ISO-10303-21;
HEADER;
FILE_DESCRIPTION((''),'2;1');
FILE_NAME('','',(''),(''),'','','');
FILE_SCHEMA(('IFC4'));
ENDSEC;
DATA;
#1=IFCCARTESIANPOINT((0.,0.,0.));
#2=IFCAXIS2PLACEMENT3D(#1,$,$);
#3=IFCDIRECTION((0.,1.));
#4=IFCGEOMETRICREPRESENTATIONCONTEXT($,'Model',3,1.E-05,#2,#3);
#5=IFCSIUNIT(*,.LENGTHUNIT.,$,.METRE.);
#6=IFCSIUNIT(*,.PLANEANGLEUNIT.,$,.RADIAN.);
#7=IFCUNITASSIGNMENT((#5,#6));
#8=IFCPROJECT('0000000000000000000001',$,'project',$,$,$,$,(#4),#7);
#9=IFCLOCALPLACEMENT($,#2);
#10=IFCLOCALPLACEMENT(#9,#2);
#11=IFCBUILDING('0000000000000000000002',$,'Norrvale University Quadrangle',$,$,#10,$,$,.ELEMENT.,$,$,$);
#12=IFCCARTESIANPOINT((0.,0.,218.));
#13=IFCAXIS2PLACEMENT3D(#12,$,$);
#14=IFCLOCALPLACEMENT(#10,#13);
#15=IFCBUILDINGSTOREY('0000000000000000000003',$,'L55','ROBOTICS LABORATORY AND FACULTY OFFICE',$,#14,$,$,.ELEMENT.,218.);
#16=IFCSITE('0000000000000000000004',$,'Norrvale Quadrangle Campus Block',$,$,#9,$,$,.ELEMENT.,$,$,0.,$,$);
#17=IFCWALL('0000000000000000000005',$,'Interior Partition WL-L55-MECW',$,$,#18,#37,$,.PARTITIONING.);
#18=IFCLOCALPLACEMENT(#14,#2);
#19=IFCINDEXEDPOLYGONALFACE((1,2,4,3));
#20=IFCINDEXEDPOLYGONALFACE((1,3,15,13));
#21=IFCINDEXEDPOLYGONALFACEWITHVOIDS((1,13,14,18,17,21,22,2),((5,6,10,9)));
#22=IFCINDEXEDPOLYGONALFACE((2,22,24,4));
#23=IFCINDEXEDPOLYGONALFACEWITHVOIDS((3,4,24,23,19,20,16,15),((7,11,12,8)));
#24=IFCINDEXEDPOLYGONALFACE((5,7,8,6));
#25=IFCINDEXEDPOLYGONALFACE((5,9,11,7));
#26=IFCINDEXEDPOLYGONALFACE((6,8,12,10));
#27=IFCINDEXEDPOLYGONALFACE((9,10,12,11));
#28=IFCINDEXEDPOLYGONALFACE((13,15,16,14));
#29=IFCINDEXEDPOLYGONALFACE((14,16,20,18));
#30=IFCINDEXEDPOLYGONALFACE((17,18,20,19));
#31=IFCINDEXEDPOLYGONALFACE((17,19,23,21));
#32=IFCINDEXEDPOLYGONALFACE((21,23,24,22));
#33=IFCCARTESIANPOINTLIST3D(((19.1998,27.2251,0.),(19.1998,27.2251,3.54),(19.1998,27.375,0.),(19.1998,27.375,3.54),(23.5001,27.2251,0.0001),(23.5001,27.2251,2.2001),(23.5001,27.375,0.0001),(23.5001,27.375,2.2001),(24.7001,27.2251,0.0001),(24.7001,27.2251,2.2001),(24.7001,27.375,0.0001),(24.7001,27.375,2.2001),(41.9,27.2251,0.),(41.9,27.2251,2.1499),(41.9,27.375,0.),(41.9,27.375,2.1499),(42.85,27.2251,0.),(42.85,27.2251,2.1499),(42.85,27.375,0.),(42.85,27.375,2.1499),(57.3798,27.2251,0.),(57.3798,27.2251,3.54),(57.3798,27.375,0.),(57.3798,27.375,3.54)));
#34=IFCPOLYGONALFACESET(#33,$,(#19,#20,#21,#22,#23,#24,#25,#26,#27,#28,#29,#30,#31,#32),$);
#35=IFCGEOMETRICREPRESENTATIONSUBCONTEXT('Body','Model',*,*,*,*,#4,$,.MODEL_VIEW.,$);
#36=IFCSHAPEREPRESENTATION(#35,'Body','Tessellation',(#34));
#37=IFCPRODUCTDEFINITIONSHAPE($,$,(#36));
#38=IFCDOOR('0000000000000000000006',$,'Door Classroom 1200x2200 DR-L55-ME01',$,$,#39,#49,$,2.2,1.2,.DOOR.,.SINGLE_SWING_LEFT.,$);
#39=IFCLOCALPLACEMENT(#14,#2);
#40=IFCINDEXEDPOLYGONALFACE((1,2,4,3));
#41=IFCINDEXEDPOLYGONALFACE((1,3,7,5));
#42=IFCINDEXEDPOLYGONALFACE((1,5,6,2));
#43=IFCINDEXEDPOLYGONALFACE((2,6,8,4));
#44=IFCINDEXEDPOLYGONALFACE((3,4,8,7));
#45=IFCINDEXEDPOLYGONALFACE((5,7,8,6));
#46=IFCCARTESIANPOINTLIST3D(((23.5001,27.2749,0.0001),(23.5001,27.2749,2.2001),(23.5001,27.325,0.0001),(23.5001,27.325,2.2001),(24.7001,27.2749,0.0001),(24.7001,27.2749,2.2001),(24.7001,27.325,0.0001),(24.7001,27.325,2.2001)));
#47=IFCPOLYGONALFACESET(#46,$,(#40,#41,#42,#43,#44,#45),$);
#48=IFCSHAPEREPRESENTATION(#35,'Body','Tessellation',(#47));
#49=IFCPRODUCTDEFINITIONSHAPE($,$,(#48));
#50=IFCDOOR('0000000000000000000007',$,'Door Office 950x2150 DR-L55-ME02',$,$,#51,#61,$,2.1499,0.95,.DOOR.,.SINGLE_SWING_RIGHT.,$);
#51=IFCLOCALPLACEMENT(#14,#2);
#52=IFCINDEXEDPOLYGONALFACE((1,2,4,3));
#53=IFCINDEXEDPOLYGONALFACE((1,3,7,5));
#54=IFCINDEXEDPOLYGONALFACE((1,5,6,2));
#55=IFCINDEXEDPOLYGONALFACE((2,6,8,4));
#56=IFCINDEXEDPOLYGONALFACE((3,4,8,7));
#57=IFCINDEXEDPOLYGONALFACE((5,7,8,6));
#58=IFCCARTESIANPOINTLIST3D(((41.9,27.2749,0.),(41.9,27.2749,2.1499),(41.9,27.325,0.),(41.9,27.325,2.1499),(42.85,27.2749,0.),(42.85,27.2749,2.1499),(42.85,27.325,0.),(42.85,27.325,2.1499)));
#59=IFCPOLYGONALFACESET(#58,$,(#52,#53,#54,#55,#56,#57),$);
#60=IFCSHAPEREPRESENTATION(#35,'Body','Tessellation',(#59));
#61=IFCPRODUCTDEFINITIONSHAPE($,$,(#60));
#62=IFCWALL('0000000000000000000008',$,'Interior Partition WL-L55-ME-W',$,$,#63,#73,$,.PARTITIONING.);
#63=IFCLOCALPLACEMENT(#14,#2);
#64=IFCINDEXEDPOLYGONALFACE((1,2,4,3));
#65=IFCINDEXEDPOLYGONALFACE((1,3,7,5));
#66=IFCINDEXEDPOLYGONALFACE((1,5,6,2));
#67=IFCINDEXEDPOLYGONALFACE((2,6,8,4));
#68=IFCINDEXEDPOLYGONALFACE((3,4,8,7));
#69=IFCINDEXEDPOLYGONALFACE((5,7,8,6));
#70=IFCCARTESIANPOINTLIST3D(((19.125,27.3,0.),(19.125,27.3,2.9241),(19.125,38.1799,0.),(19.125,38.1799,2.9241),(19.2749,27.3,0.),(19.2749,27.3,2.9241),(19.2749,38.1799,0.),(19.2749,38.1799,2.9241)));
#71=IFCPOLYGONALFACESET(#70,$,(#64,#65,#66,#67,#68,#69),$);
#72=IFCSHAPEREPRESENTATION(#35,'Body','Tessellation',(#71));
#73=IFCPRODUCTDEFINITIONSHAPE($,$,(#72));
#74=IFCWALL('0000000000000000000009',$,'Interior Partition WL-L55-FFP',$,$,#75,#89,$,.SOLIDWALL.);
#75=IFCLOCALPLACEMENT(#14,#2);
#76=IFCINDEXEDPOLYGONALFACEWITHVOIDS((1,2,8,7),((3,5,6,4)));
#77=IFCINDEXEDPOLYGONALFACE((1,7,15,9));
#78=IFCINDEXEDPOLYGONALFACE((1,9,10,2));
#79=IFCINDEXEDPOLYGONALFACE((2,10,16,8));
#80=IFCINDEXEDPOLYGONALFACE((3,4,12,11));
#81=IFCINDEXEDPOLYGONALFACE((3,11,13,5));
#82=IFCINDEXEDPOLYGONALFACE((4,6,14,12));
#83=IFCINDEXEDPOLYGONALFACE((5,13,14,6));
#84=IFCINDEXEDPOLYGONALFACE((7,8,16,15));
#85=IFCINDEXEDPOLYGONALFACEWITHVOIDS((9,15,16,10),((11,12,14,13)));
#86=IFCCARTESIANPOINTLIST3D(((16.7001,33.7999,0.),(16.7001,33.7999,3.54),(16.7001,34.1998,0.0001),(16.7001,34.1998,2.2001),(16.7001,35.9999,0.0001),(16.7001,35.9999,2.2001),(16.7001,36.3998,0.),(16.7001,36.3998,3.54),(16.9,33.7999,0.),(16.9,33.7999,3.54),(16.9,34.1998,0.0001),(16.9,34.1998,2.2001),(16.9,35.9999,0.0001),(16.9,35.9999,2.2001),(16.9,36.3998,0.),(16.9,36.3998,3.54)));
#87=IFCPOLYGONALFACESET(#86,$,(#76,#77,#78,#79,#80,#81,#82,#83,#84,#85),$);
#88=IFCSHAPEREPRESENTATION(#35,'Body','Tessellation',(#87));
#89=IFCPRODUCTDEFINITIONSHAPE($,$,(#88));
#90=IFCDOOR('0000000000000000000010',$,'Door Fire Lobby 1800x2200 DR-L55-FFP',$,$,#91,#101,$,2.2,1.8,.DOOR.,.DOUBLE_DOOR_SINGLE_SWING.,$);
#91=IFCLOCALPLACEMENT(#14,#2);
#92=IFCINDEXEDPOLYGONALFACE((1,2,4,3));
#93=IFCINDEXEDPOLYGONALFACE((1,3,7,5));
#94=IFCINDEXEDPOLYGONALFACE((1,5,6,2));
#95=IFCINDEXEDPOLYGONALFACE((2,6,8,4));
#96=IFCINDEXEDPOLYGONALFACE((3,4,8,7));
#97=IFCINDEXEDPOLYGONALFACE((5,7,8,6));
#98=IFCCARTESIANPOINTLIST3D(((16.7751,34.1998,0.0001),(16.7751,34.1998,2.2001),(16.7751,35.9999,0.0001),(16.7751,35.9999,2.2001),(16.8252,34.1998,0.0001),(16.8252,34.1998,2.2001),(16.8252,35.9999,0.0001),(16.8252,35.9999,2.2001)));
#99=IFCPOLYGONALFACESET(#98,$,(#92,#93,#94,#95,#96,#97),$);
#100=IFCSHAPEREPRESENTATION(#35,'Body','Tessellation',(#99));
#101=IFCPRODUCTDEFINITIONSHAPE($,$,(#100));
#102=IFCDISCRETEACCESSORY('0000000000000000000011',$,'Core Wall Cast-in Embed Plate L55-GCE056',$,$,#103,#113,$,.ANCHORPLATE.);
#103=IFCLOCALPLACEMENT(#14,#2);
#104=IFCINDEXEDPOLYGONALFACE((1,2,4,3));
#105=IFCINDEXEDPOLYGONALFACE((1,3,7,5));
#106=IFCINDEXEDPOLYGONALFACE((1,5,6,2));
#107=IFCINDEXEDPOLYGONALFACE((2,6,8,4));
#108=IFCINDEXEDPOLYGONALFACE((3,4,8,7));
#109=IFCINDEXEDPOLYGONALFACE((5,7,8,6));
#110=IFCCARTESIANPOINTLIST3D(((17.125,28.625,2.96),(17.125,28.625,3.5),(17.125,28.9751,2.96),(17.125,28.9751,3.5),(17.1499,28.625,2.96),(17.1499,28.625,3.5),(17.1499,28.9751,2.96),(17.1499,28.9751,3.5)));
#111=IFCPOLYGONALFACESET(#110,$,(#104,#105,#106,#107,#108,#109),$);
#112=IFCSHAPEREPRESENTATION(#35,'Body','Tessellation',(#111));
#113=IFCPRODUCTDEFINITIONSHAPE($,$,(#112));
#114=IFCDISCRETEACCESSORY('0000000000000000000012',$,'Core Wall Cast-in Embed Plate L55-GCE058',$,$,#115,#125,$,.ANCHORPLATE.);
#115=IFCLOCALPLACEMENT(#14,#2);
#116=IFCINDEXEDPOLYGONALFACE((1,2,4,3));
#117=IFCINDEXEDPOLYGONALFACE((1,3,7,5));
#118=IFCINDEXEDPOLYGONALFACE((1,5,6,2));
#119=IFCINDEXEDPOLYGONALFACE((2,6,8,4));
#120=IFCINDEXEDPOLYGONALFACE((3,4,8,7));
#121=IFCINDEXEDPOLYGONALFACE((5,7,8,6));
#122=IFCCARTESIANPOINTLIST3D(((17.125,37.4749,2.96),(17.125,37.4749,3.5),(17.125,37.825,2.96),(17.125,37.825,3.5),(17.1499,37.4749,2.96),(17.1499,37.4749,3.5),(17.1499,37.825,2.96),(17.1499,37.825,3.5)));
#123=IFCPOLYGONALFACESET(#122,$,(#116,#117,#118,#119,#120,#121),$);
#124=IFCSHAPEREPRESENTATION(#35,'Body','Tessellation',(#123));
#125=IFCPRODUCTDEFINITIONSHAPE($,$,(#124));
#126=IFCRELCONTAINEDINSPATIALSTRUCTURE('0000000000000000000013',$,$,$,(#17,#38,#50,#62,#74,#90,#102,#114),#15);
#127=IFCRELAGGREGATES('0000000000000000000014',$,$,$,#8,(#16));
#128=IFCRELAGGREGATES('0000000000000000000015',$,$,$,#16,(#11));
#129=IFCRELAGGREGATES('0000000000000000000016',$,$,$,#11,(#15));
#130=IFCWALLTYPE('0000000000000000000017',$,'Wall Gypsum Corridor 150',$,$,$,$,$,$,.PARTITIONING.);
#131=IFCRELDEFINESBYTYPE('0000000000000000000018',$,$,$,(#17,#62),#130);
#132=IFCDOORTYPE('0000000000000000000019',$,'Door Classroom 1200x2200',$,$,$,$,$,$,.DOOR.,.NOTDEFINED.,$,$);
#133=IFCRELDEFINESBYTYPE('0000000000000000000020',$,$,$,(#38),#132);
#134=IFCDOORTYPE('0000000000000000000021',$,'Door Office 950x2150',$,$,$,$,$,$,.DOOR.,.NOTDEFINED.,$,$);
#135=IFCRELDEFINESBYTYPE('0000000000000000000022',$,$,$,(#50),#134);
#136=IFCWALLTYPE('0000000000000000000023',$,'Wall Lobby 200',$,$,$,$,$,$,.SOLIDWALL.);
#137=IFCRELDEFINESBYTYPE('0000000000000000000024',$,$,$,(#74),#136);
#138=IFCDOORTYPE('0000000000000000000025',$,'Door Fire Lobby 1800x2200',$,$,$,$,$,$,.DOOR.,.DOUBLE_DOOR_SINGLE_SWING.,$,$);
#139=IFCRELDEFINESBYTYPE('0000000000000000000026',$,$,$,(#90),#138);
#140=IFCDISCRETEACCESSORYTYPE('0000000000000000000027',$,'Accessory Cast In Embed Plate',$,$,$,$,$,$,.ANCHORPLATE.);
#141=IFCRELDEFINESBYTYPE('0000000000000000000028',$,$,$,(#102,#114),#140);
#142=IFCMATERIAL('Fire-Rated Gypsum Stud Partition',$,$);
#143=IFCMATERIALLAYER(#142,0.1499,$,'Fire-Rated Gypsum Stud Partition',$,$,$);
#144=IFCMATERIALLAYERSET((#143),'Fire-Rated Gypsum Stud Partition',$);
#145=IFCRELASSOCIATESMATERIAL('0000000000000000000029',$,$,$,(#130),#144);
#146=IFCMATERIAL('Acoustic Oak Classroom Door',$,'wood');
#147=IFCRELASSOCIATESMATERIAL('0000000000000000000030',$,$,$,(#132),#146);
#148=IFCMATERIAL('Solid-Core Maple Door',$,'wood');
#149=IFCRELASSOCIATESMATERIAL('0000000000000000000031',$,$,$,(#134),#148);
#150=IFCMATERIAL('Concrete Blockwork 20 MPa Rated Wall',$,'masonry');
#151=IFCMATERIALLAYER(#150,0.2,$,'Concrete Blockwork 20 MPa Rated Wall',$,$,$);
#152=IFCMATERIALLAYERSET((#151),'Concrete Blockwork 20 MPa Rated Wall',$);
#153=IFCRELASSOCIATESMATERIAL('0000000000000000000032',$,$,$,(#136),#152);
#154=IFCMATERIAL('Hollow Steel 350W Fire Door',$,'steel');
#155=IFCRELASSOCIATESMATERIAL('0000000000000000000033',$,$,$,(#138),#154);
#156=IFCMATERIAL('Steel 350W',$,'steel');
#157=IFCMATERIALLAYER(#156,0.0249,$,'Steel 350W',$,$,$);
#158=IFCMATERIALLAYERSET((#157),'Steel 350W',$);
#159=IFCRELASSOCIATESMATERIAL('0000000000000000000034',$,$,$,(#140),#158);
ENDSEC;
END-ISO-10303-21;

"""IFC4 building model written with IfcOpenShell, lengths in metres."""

from ifc_helpers import new_model, si_unit, direction, frame, frame_2d, origin, origin_2d, place, context, subcontext, project, spatial, rectangle, extrude, material, layer, layer_set, type_object, element, fill, save


model = new_model("IFC4")

# Units and contexts
model_context = context("Model", 3, precision=1e-05, world=origin(), true_north=direction((0.0, 1.0)))
body_context = subcontext(model_context, "Body", "Model", "MODEL_VIEW")
ifc_project = project(units=[si_unit("LENGTHUNIT", "METRE"), si_unit("PLANEANGLEUNIT", "RADIAN")], contexts=[model_context])

# Site, building, storey
site_placement = place(None, origin())
site = spatial("IfcSite", under=ifc_project, at=site_placement, Name="Norrvale Quadrangle Campus Block", CompositionType="ELEMENT", RefElevation=0.0)
building_placement = place(site_placement, origin())
building = spatial("IfcBuilding", under=site, at=building_placement, Name="Norrvale University Quadrangle", CompositionType="ELEMENT")
storey_placement = place(building_placement, frame((0.0, 0.0, 218.0)))
storey = spatial("IfcBuildingStorey", under=building, at=storey_placement, Name="L55", Description="ROBOTICS LABORATORY AND FACULTY OFFICE", CompositionType="ELEMENT", Elevation=218.0)

# Shared definitions
ifc_material_1 = material(Name="Steel 350W", Category="steel")

# Shared definitions
ifc_material_2 = material(Name="Fire-Rated Gypsum Stud Partition")
ifc_layer_1 = layer(ifc_material_2, 0.1499, Name="Fire-Rated Gypsum Stud Partition")
ifc_layer_set_1 = layer_set([ifc_layer_1], Name="Fire-Rated Gypsum Stud Partition")
wall_type_1 = type_object("IfcWallType", Name="Wall Gypsum Corridor 150", PredefinedType="PARTITIONING", material=ifc_layer_set_1)

# Wall, openings, doors
wall_1_placement = place(storey_placement, frame((19.2, 27.3, 0.0), z_axis=(0.0, 0.0, 1.0), x_axis=(1.0, 0.0, 0.0)))
wall_1 = element("IfcWall", 1, at=wall_1_placement, inside=storey, type_object=wall_type_1, Name="Interior Partition WL-L55-MECW", PredefinedType="PARTITIONING", context=body_context, shape_type="SweptSolid", body=[
    extrude(rectangle(XDim=38.1799, YDim=0.1499, at=frame_2d((19.0898, 0.0))), origin(), (0.0, 0.0, 1.0), 3.54),
])
opening_1_placement = place(wall_1_placement, frame((4.3, 0.0, 0.0)))
opening_1 = element("IfcOpeningElement", 2, at=opening_1_placement, cuts=wall_1, PredefinedType="OPENING", context=body_context, shape_type="SweptSolid", body=[
    extrude(rectangle(XDim=1.2, YDim=2.2, at=frame_2d((0.6001, 1.1001))), frame((0.0, 0.0869, 0.0), z_axis=(0.0, -1.0, 0.0), x_axis=(1.0, 0.0, 0.0)), (0.0, 0.0, 1.0), 0.1738),
])
opening_2_placement = place(wall_1_placement, frame((22.7, 0.0, 0.0)))
opening_2 = element("IfcOpeningElement", 3, at=opening_2_placement, cuts=wall_1, PredefinedType="OPENING", context=body_context, shape_type="SweptSolid", body=[
    extrude(rectangle(XDim=0.95, YDim=2.1499, at=frame_2d((0.4751, 1.075))), frame((0.0, 0.0869, 0.0), z_axis=(0.0, -1.0, 0.0), x_axis=(1.0, 0.0, 0.0)), (0.0, 0.0, 1.0), 0.1738),
])
ifc_material_3 = material(Name="Acoustic Oak Classroom Door", Category="wood")
door_type_1 = type_object("IfcDoorType", Name="Door Classroom 1200x2200", OperationType="NOTDEFINED", PredefinedType="DOOR", material=ifc_material_3)
door_1_placement = place(opening_1_placement, origin())
door_1 = element("IfcDoor", 4, at=door_1_placement, inside=storey, type_object=door_type_1, Name="Door Classroom 1200x2200 DR-L55-ME01", OperationType="SINGLE_SWING_LEFT", OverallHeight=2.2, OverallWidth=1.2, PredefinedType="DOOR", context=body_context, shape_type="SweptSolid", body=[
    extrude(rectangle(XDim=1.2, YDim=2.2, at=frame_2d((0.6001, 1.1001))), frame((0.0, 0.0249, 0.0), z_axis=(0.0, -1.0, 0.0), x_axis=(1.0, 0.0, 0.0)), (0.0, 0.0, 1.0), 0.05),
])
fill(opening_1, door_1)
ifc_material_4 = material(Name="Solid-Core Maple Door", Category="wood")
door_type_2 = type_object("IfcDoorType", Name="Door Office 950x2150", OperationType="NOTDEFINED", PredefinedType="DOOR", material=ifc_material_4)
door_2_placement = place(opening_2_placement, origin())
door_2 = element("IfcDoor", 5, at=door_2_placement, inside=storey, type_object=door_type_2, Name="Door Office 950x2150 DR-L55-ME02", OperationType="SINGLE_SWING_RIGHT", OverallHeight=2.1499, OverallWidth=0.95, PredefinedType="DOOR", context=body_context, shape_type="SweptSolid", body=[
    extrude(rectangle(XDim=0.95, YDim=2.1499, at=frame_2d((0.4751, 1.075))), frame((0.0, 0.0249, 0.0), z_axis=(0.0, -1.0, 0.0), x_axis=(1.0, 0.0, 0.0)), (0.0, 0.0, 1.0), 0.05),
])
fill(opening_2, door_2)

# Wall
wall_2_placement = place(storey_placement, frame((19.2, 27.3, 0.0), z_axis=(0.0, 0.0, 1.0), x_axis=(0.0, 1.0, 0.0)))
element("IfcWall", 6, at=wall_2_placement, inside=storey, type_object=wall_type_1, Name="Interior Partition WL-L55-ME-W", PredefinedType="PARTITIONING", context=body_context, shape_type="SweptSolid", body=[
    extrude(rectangle(XDim=10.8799, YDim=0.1499, at=frame_2d((5.4399, 0.0))), origin(), (0.0, 0.0, 1.0), 2.9241),
])

# Wall, opening, door
ifc_material_5 = material(Name="Concrete Blockwork 20 MPa Rated Wall", Category="masonry")
ifc_layer_2 = layer(ifc_material_5, 0.2, Name="Concrete Blockwork 20 MPa Rated Wall")
ifc_layer_set_2 = layer_set([ifc_layer_2], Name="Concrete Blockwork 20 MPa Rated Wall")
wall_type_2 = type_object("IfcWallType", Name="Wall Lobby 200", PredefinedType="SOLIDWALL", material=ifc_layer_set_2)
wall_3_placement = place(storey_placement, frame((16.8, 33.8, 0.0), z_axis=(0.0, 0.0, 1.0), x_axis=(0.0, 1.0, 0.0)))
wall_3 = element("IfcWall", 7, at=wall_3_placement, inside=storey, type_object=wall_type_2, Name="Interior Partition WL-L55-FFP", PredefinedType="SOLIDWALL", context=body_context, shape_type="SweptSolid", body=[
    extrude(rectangle(XDim=2.5999, YDim=0.2, at=frame_2d((1.2998, 0.0))), origin(), (0.0, 0.0, 1.0), 3.54),
])
opening_3_placement = place(wall_3_placement, frame((0.3999, 0.0, 0.0)))
opening_3 = element("IfcOpeningElement", 8, at=opening_3_placement, cuts=wall_3, PredefinedType="OPENING", context=body_context, shape_type="SweptSolid", body=[
    extrude(rectangle(XDim=1.8, YDim=2.2, at=frame_2d((0.8999, 1.1001))), frame((0.0, 0.1121, 0.0), z_axis=(0.0, -1.0, 0.0), x_axis=(1.0, 0.0, 0.0)), (0.0, 0.0, 1.0), 0.2239),
])
ifc_material_6 = material(Name="Hollow Steel 350W Fire Door", Category="steel")
door_type_3 = type_object("IfcDoorType", Name="Door Fire Lobby 1800x2200", OperationType="DOUBLE_DOOR_SINGLE_SWING", PredefinedType="DOOR", material=ifc_material_6)
door_3_placement = place(opening_3_placement, origin())
door_3 = element("IfcDoor", 9, at=door_3_placement, inside=storey, type_object=door_type_3, Name="Door Fire Lobby 1800x2200 DR-L55-FFP", OperationType="DOUBLE_DOOR_SINGLE_SWING", OverallHeight=2.2, OverallWidth=1.8, PredefinedType="DOOR", context=body_context, shape_type="SweptSolid", body=[
    extrude(rectangle(XDim=1.8, YDim=2.2, at=frame_2d((0.8999, 1.1001))), frame((0.0, 0.0249, 0.0), z_axis=(0.0, -1.0, 0.0), x_axis=(1.0, 0.0, 0.0)), (0.0, 0.0, 1.0), 0.05),
])
fill(opening_3, door_3)

# Discrete accessories
ifc_layer_3 = layer(ifc_material_1, 0.0249, Name="Steel 350W")
ifc_layer_set_3 = layer_set([ifc_layer_3], Name="Steel 350W")
discrete_accessory_type = type_object("IfcDiscreteAccessoryType", Name="Accessory Cast In Embed Plate", PredefinedType="ANCHORPLATE", material=ifc_layer_set_3)
for number, where, z_axis, x_axis, name in (
    (10, (17.1375, 28.8, 2.96), (0.0, 0.0, 1.0), (1.0, 0.0, 0.0), "Core Wall Cast-in Embed Plate L55-GCE056"),
    (11, (17.1375, 37.6499, 2.96), (0.0, 0.0, 1.0), (1.0, 0.0, 0.0), "Core Wall Cast-in Embed Plate L55-GCE058"),
):
    element("IfcDiscreteAccessory", number, at=place(storey_placement, frame(where, z_axis=z_axis, x_axis=x_axis)), inside=storey, type_object=discrete_accessory_type, Name=name, PredefinedType="ANCHORPLATE", context=body_context, shape_type="SweptSolid", body=[
        extrude(rectangle(XDim=0.0249, YDim=0.3501, at=origin_2d()), origin(), (0.0, 0.0, 1.0), 0.54),
    ])

save(model, "model.ifc")
